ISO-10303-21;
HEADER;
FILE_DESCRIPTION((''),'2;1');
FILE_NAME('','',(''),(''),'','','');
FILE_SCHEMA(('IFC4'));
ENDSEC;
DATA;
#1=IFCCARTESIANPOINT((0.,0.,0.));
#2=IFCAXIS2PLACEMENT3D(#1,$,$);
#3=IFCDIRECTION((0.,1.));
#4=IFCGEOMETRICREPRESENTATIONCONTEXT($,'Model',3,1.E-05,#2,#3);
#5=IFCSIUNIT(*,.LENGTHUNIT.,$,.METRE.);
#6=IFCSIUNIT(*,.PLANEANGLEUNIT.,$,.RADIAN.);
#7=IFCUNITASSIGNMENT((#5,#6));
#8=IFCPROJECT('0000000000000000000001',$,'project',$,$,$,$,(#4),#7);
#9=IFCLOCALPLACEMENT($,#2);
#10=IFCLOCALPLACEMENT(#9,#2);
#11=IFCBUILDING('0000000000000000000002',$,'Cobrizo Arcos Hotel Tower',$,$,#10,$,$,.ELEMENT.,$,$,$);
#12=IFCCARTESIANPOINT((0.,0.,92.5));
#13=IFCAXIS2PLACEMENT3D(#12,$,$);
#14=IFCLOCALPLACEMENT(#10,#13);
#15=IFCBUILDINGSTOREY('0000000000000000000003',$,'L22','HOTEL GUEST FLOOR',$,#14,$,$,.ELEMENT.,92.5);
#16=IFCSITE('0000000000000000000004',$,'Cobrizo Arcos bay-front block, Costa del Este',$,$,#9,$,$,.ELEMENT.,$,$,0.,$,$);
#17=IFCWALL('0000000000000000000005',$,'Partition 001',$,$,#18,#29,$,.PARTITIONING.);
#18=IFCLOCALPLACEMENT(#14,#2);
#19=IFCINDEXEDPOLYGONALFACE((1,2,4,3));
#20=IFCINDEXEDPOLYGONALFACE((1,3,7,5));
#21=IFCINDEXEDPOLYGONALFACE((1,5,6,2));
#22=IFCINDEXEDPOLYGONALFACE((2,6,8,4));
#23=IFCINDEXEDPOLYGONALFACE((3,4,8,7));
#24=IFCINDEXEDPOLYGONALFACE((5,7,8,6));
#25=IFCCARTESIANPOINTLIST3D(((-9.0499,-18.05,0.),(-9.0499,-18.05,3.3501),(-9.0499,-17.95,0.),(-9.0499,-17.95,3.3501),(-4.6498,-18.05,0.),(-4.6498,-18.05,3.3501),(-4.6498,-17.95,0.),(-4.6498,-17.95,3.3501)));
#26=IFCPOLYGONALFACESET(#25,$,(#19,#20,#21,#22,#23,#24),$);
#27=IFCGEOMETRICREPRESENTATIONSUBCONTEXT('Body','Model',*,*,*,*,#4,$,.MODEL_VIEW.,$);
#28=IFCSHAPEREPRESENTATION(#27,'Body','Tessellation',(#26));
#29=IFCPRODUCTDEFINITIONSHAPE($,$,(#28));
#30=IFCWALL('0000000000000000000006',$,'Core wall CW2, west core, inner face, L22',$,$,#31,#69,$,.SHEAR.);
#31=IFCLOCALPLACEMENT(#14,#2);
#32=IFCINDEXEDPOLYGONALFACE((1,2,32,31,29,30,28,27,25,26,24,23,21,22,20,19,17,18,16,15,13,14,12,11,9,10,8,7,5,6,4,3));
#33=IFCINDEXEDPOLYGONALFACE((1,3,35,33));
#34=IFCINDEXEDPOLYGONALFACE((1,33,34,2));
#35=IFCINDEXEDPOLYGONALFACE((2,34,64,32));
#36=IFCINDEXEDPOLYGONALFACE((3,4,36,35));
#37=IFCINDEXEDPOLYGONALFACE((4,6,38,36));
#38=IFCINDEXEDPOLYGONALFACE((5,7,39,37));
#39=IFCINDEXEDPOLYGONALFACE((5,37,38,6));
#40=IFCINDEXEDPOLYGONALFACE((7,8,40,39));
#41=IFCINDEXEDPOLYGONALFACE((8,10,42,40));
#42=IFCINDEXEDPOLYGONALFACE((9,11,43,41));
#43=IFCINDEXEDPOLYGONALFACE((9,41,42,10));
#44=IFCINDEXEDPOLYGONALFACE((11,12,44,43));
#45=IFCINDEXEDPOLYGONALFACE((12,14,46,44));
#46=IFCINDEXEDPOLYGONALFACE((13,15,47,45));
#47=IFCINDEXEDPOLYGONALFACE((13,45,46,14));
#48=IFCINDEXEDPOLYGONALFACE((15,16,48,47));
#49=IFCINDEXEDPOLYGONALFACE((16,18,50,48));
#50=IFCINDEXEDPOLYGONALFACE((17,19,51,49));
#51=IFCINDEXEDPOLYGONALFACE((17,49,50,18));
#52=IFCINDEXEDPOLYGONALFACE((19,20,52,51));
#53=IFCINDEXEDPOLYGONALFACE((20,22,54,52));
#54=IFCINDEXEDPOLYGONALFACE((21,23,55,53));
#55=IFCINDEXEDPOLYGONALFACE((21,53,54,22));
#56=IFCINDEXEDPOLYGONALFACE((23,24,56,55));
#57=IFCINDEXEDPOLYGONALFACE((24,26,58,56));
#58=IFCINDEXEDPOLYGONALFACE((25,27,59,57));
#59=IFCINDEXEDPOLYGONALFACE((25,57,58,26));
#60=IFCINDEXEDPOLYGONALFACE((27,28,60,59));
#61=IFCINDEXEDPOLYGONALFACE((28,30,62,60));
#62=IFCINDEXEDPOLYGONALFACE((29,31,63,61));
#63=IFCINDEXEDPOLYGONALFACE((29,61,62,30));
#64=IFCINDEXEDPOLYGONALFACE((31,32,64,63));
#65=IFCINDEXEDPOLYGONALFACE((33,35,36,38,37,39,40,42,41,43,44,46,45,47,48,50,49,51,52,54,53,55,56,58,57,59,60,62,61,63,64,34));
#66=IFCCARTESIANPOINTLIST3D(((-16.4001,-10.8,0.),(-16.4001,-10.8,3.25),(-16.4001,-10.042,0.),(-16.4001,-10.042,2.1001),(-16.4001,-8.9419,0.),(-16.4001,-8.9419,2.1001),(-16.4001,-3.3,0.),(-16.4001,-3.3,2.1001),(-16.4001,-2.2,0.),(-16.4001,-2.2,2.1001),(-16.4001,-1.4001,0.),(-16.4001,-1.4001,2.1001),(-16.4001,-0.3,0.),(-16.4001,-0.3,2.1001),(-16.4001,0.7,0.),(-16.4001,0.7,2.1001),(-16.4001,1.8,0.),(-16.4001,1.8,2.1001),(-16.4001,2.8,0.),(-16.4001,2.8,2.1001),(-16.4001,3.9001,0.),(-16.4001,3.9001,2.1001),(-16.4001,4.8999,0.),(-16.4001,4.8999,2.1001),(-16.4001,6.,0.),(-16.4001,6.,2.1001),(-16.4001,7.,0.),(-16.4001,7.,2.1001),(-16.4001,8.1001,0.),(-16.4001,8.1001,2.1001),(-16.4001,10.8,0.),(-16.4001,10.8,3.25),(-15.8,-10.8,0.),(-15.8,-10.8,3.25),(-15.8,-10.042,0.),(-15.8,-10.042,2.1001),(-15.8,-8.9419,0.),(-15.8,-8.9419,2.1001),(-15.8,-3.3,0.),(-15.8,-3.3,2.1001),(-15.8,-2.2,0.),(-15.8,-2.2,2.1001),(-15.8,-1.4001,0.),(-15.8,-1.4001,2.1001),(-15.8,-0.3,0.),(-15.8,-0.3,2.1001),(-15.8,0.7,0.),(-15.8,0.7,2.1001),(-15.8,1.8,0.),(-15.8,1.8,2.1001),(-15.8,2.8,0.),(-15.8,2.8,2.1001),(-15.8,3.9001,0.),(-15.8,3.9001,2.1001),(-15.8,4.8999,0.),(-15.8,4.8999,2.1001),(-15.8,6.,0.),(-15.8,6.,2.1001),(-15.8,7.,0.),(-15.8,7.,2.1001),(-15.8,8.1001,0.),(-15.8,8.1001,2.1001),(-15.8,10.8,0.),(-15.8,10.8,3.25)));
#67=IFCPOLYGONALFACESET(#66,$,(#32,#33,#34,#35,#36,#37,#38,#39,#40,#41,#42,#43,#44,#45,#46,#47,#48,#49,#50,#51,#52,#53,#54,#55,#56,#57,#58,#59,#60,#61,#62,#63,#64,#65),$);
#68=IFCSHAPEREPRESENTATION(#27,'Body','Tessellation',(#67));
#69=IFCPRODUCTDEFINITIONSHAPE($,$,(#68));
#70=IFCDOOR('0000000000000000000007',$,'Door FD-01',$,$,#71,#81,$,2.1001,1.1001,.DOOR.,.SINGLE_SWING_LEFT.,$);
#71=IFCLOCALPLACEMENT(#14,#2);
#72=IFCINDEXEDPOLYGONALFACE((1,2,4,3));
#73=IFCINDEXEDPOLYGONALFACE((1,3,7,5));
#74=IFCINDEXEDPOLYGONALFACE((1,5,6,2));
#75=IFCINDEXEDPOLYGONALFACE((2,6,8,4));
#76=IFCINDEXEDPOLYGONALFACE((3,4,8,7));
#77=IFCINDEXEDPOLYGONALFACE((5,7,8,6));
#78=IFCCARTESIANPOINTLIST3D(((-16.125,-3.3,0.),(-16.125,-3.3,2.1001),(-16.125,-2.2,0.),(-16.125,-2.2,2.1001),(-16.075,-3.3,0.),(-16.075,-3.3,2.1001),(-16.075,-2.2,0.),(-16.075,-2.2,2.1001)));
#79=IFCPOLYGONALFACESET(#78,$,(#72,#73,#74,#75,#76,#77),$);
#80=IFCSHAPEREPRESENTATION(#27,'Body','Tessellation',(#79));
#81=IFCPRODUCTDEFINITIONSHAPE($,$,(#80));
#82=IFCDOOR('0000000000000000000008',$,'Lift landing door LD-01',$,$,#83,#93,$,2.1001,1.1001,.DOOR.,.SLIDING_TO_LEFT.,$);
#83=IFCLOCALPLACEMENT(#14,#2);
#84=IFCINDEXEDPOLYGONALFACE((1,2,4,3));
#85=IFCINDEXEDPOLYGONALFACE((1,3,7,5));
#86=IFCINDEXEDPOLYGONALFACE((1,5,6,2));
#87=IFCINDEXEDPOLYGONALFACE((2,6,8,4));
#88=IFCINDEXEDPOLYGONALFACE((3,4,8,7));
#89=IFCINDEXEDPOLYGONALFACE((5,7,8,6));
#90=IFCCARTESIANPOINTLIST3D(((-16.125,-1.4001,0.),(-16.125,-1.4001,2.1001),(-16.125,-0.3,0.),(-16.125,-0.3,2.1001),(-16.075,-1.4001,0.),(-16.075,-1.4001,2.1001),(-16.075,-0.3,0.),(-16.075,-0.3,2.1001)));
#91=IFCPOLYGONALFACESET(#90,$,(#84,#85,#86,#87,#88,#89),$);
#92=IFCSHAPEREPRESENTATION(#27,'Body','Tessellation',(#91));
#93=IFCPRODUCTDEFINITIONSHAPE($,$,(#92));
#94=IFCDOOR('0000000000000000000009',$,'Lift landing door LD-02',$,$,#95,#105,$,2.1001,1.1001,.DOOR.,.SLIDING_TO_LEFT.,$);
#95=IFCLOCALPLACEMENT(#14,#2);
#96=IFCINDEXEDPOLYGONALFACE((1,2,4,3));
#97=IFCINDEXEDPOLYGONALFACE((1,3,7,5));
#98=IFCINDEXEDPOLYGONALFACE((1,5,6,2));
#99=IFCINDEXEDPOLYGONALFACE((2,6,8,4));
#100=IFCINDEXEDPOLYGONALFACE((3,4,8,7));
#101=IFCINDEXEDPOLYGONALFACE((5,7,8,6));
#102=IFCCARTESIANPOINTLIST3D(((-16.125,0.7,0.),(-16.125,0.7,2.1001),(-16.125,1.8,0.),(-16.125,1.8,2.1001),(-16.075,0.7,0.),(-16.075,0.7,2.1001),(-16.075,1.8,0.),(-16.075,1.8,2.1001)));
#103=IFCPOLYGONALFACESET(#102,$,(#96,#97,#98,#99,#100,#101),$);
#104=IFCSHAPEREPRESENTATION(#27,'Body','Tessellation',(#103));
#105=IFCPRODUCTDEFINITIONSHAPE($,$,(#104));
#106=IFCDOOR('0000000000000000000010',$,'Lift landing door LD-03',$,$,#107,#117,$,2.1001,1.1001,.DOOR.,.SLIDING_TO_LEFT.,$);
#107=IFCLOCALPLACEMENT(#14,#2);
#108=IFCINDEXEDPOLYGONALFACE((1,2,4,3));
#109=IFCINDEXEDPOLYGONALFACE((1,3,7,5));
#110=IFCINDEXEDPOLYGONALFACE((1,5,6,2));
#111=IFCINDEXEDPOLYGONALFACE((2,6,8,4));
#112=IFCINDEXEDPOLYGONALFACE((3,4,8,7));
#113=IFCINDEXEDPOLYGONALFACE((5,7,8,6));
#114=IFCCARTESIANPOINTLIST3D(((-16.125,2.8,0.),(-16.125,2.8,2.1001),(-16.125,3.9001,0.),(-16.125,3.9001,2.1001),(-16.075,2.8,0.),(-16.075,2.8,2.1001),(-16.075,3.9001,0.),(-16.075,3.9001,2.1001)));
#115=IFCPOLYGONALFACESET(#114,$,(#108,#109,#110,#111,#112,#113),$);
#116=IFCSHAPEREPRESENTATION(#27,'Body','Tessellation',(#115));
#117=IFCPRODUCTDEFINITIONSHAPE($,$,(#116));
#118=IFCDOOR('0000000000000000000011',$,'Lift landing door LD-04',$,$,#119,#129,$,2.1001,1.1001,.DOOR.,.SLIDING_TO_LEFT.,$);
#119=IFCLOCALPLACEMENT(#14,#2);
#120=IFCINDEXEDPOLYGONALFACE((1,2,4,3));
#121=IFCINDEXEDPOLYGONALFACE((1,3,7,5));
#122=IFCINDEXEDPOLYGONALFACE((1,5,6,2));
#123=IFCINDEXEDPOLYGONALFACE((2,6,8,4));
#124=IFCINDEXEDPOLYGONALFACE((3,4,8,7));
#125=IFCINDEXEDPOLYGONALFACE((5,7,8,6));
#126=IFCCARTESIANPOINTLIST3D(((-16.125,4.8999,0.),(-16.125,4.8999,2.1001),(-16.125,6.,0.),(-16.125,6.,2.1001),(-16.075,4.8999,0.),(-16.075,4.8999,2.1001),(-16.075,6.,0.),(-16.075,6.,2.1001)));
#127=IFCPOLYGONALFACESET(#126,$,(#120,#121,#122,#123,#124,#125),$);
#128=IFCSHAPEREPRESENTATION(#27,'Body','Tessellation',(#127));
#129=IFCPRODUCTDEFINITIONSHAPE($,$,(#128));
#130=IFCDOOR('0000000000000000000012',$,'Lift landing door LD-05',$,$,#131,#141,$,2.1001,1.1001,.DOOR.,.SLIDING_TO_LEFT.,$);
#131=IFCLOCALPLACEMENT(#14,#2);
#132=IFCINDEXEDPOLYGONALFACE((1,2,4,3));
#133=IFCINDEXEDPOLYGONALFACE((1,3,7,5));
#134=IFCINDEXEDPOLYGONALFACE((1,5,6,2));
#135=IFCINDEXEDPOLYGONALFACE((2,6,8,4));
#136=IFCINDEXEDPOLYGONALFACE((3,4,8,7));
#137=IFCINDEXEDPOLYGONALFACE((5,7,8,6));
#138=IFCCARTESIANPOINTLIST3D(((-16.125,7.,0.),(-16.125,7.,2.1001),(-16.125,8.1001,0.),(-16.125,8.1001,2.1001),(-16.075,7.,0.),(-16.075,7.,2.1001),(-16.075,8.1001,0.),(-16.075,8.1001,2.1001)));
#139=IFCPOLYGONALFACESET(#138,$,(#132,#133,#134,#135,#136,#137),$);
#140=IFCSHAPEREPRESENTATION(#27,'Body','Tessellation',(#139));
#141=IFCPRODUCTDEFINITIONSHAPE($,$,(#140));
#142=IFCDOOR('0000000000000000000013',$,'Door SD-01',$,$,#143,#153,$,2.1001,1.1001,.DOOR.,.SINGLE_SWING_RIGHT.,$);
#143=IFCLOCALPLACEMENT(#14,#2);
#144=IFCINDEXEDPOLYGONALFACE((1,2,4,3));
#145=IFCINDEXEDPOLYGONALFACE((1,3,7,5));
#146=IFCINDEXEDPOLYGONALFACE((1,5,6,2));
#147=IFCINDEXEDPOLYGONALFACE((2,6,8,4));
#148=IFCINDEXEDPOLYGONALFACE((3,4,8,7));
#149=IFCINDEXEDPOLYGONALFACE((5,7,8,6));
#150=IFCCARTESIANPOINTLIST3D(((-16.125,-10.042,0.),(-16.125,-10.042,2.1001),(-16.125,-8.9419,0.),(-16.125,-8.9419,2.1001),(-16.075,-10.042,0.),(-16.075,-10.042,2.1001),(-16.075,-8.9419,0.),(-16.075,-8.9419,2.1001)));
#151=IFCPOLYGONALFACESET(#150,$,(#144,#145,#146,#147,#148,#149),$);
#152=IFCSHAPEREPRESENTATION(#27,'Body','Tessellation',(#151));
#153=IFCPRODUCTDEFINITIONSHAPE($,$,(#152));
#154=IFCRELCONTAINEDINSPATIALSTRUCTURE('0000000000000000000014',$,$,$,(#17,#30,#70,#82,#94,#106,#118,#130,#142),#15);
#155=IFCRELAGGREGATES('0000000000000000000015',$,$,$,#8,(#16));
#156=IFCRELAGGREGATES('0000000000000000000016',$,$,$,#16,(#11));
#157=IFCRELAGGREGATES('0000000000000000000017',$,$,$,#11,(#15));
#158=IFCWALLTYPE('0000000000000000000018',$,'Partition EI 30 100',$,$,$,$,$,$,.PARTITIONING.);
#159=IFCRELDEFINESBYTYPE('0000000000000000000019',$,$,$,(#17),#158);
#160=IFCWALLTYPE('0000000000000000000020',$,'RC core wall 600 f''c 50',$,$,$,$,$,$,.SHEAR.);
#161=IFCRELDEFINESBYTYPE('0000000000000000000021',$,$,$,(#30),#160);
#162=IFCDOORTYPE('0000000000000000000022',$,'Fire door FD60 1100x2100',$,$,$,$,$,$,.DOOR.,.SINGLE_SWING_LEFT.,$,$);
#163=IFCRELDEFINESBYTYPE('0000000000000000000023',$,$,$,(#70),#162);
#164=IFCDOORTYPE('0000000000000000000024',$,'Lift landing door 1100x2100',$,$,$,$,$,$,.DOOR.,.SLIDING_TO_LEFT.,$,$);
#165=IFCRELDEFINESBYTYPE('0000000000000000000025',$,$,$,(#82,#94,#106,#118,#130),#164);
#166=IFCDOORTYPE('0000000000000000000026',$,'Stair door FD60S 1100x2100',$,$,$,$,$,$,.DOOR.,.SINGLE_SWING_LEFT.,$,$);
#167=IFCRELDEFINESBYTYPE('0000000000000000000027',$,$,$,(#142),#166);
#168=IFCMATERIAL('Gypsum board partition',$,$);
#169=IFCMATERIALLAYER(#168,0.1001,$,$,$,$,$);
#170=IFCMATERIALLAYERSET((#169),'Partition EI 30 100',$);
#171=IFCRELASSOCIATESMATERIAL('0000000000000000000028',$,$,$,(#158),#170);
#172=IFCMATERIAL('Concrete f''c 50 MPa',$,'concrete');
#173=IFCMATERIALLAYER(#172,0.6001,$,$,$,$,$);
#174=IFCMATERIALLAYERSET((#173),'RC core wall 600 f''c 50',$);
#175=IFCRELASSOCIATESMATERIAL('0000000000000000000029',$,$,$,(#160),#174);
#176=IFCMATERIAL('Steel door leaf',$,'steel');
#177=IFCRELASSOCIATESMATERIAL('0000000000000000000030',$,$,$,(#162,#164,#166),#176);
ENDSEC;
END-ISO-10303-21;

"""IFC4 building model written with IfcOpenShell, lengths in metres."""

from ifc_helpers import new_model, si_unit, direction, frame, frame_2d, origin, place, context, subcontext, project, spatial, rectangle, extrude, material, layer, layer_set, type_object, element, fill, save


model = new_model("IFC4")

# Units and contexts
model_context = context("Model", 3, precision=1e-05, world=origin(), true_north=direction((0.0, 1.0)))
body_context = subcontext(model_context, "Body", "Model", "MODEL_VIEW")
ifc_project = project(units=[si_unit("LENGTHUNIT", "METRE"), si_unit("PLANEANGLEUNIT", "RADIAN")], contexts=[model_context])

# Site, building, storey
site_placement = place(None, origin())
site = spatial("IfcSite", under=ifc_project, at=site_placement, Name="Cobrizo Arcos bay-front block, Costa del Este", CompositionType="ELEMENT", RefElevation=0.0)
building_placement = place(site_placement, origin())
building = spatial("IfcBuilding", under=site, at=building_placement, Name="Cobrizo Arcos Hotel Tower", CompositionType="ELEMENT")
storey_placement = place(building_placement, frame((0.0, 0.0, 92.5)))
storey = spatial("IfcBuildingStorey", under=building, at=storey_placement, Name="L22", Description="HOTEL GUEST FLOOR", CompositionType="ELEMENT", Elevation=92.5)

# Shared definitions
ifc_material_1 = material(Name="Gypsum board partition")

# Wall
ifc_layer_1 = layer(ifc_material_1, 0.1001)
ifc_layer_set_1 = layer_set([ifc_layer_1], Name="Partition EI 30 100")
wall_type_1 = type_object("IfcWallType", Name="Partition EI 30 100", PredefinedType="PARTITIONING", material=ifc_layer_set_1)
wall_1_placement = place(storey_placement, frame((-9.05, -18.0, 0.0), z_axis=(0.0, 0.0, 1.0), x_axis=(1.0, 0.0, 0.0)))
element("IfcWall", 1, at=wall_1_placement, inside=storey, type_object=wall_type_1, Name="Partition 001", PredefinedType="PARTITIONING", context=body_context, shape_type="SweptSolid", body=[
    extrude(rectangle(XDim=4.4001, YDim=0.1001, at=frame_2d((2.2002, 0.0))), origin(), (0.0, 0.0, 1.0), 3.3501),
])

# Wall, openings, doors
ifc_material_2 = material(Name="Concrete f'c 50 MPa", Category="concrete")
ifc_layer_2 = layer(ifc_material_2, 0.6001)
ifc_layer_set_2 = layer_set([ifc_layer_2], Name="RC core wall 600 f'c 50")
wall_type_2 = type_object("IfcWallType", Name="RC core wall 600 f'c 50", PredefinedType="SHEAR", material=ifc_layer_set_2)
wall_2_placement = place(storey_placement, frame((-16.1001, -10.8, 0.0), z_axis=(0.0, 0.0, 1.0), x_axis=(0.0, 1.0, 0.0)))
wall_2 = element("IfcWall", 2, at=wall_2_placement, inside=storey, type_object=wall_type_2, Name="Core wall CW2, west core, inner face, L22", PredefinedType="SHEAR", context=body_context, shape_type="SweptSolid", body=[
    extrude(rectangle(XDim=21.6001, YDim=0.6001, at=frame_2d((10.8, 0.0))), origin(), (0.0, 0.0, 1.0), 3.25),
])
opening_1_placement = place(wall_2_placement, frame((9.3999, 0.0, 0.0)))
opening_1 = element("IfcOpeningElement", 3, at=opening_1_placement, cuts=wall_2, PredefinedType="OPENING", context=body_context, shape_type="SweptSolid", body=[
    extrude(rectangle(XDim=1.1001, YDim=2.1001, at=frame_2d((0.55, 1.05))), frame((0.0, 0.312, 0.0), z_axis=(0.0, -1.0, 0.0), x_axis=(1.0, 0.0, 0.0)), (0.0, 0.0, 1.0), 0.624),
])
opening_2_placement = place(wall_2_placement, frame((11.5, 0.0, 0.0)))
opening_2 = element("IfcOpeningElement", 4, at=opening_2_placement, cuts=wall_2, PredefinedType="OPENING", context=body_context, shape_type="SweptSolid", body=[
    extrude(rectangle(XDim=1.1001, YDim=2.1001, at=frame_2d((0.55, 1.05))), frame((0.0, 0.312, 0.0), z_axis=(0.0, -1.0, 0.0), x_axis=(1.0, 0.0, 0.0)), (0.0, 0.0, 1.0), 0.624),
])
opening_3_placement = place(wall_2_placement, frame((13.6001, 0.0, 0.0)))
opening_3 = element("IfcOpeningElement", 5, at=opening_3_placement, cuts=wall_2, PredefinedType="OPENING", context=body_context, shape_type="SweptSolid", body=[
    extrude(rectangle(XDim=1.1001, YDim=2.1001, at=frame_2d((0.55, 1.05))), frame((0.0, 0.312, 0.0), z_axis=(0.0, -1.0, 0.0), x_axis=(1.0, 0.0, 0.0)), (0.0, 0.0, 1.0), 0.624),
])
opening_4_placement = place(wall_2_placement, frame((15.7, 0.0, 0.0)))
opening_4 = element("IfcOpeningElement", 6, at=opening_4_placement, cuts=wall_2, PredefinedType="OPENING", context=body_context, shape_type="SweptSolid", body=[
    extrude(rectangle(XDim=1.1001, YDim=2.1001, at=frame_2d((0.55, 1.05))), frame((0.0, 0.312, 0.0), z_axis=(0.0, -1.0, 0.0), x_axis=(1.0, 0.0, 0.0)), (0.0, 0.0, 1.0), 0.624),
])
opening_5_placement = place(wall_2_placement, frame((17.8, 0.0, 0.0)))
opening_5 = element("IfcOpeningElement", 7, at=opening_5_placement, cuts=wall_2, PredefinedType="OPENING", context=body_context, shape_type="SweptSolid", body=[
    extrude(rectangle(XDim=1.1001, YDim=2.1001, at=frame_2d((0.55, 1.05))), frame((0.0, 0.312, 0.0), z_axis=(0.0, -1.0, 0.0), x_axis=(1.0, 0.0, 0.0)), (0.0, 0.0, 1.0), 0.624),
])
opening_6_placement = place(wall_2_placement, frame((0.7581, 0.0, 0.0)))
opening_6 = element("IfcOpeningElement", 8, at=opening_6_placement, cuts=wall_2, PredefinedType="OPENING", context=body_context, shape_type="SweptSolid", body=[
    extrude(rectangle(XDim=1.1001, YDim=2.1001, at=frame_2d((0.55, 1.05))), frame((0.0, 0.312, 0.0), z_axis=(0.0, -1.0, 0.0), x_axis=(1.0, 0.0, 0.0)), (0.0, 0.0, 1.0), 0.624),
])
opening_7_placement = place(wall_2_placement, frame((7.5, 0.0, 0.0)))
opening_7 = element("IfcOpeningElement", 9, at=opening_7_placement, cuts=wall_2, PredefinedType="OPENING", context=body_context, shape_type="SweptSolid", body=[
    extrude(rectangle(XDim=1.1001, YDim=2.1001, at=frame_2d((0.55, 1.05))), frame((0.0, 0.312, 0.0), z_axis=(0.0, -1.0, 0.0), x_axis=(1.0, 0.0, 0.0)), (0.0, 0.0, 1.0), 0.624),
])
ifc_material_3 = material(Name="Steel door leaf", Category="steel")
door_type_1 = type_object("IfcDoorType", Name="Fire door FD60 1100x2100", OperationType="SINGLE_SWING_LEFT", PredefinedType="DOOR", material=ifc_material_3)
door_1_placement = place(opening_7_placement, origin())
door_1 = element("IfcDoor", 10, at=door_1_placement, inside=storey, type_object=door_type_1, Name="Door FD-01", OperationType="SINGLE_SWING_LEFT", OverallHeight=2.1001, OverallWidth=1.1001, PredefinedType="DOOR", context=body_context, shape_type="SweptSolid", body=[
    extrude(rectangle(XDim=1.1001, YDim=2.1001, at=frame_2d((0.55, 1.05))), frame((0.0, 0.0249, 0.0), z_axis=(0.0, -1.0, 0.0), x_axis=(1.0, 0.0, 0.0)), (0.0, 0.0, 1.0), 0.05),
])
fill(opening_7, door_1)
door_type_2 = type_object("IfcDoorType", Name="Lift landing door 1100x2100", OperationType="SLIDING_TO_LEFT", PredefinedType="DOOR", material=ifc_material_3)
door_2_placement = place(opening_1_placement, origin())
door_2 = element("IfcDoor", 11, at=door_2_placement, inside=storey, type_object=door_type_2, Name="Lift landing door LD-01", OperationType="SLIDING_TO_LEFT", OverallHeight=2.1001, OverallWidth=1.1001, PredefinedType="DOOR", context=body_context, shape_type="SweptSolid", body=[
    extrude(rectangle(XDim=1.1001, YDim=2.1001, at=frame_2d((0.55, 1.05))), frame((0.0, 0.0249, 0.0), z_axis=(0.0, -1.0, 0.0), x_axis=(1.0, 0.0, 0.0)), (0.0, 0.0, 1.0), 0.05),
])
fill(opening_1, door_2)
door_3_placement = place(opening_2_placement, origin())
door_3 = element("IfcDoor", 12, at=door_3_placement, inside=storey, type_object=door_type_2, Name="Lift landing door LD-02", OperationType="SLIDING_TO_LEFT", OverallHeight=2.1001, OverallWidth=1.1001, PredefinedType="DOOR", context=body_context, shape_type="SweptSolid", body=[
    extrude(rectangle(XDim=1.1001, YDim=2.1001, at=frame_2d((0.55, 1.05))), frame((0.0, 0.0249, 0.0), z_axis=(0.0, -1.0, 0.0), x_axis=(1.0, 0.0, 0.0)), (0.0, 0.0, 1.0), 0.05),
])
fill(opening_2, door_3)
door_4_placement = place(opening_3_placement, origin())
door_4 = element("IfcDoor", 13, at=door_4_placement, inside=storey, type_object=door_type_2, Name="Lift landing door LD-03", OperationType="SLIDING_TO_LEFT", OverallHeight=2.1001, OverallWidth=1.1001, PredefinedType="DOOR", context=body_context, shape_type="SweptSolid", body=[
    extrude(rectangle(XDim=1.1001, YDim=2.1001, at=frame_2d((0.55, 1.05))), frame((0.0, 0.0249, 0.0), z_axis=(0.0, -1.0, 0.0), x_axis=(1.0, 0.0, 0.0)), (0.0, 0.0, 1.0), 0.05),
])
fill(opening_3, door_4)
door_5_placement = place(opening_4_placement, origin())
door_5 = element("IfcDoor", 14, at=door_5_placement, inside=storey, type_object=door_type_2, Name="Lift landing door LD-04", OperationType="SLIDING_TO_LEFT", OverallHeight=2.1001, OverallWidth=1.1001, PredefinedType="DOOR", context=body_context, shape_type="SweptSolid", body=[
    extrude(rectangle(XDim=1.1001, YDim=2.1001, at=frame_2d((0.55, 1.05))), frame((0.0, 0.0249, 0.0), z_axis=(0.0, -1.0, 0.0), x_axis=(1.0, 0.0, 0.0)), (0.0, 0.0, 1.0), 0.05),
])
fill(opening_4, door_5)
door_6_placement = place(opening_5_placement, origin())
door_6 = element("IfcDoor", 15, at=door_6_placement, inside=storey, type_object=door_type_2, Name="Lift landing door LD-05", OperationType="SLIDING_TO_LEFT", OverallHeight=2.1001, OverallWidth=1.1001, PredefinedType="DOOR", context=body_context, shape_type="SweptSolid", body=[
    extrude(rectangle(XDim=1.1001, YDim=2.1001, at=frame_2d((0.55, 1.05))), frame((0.0, 0.0249, 0.0), z_axis=(0.0, -1.0, 0.0), x_axis=(1.0, 0.0, 0.0)), (0.0, 0.0, 1.0), 0.05),
])
fill(opening_5, door_6)
door_type_3 = type_object("IfcDoorType", Name="Stair door FD60S 1100x2100", OperationType="SINGLE_SWING_LEFT", PredefinedType="DOOR", material=ifc_material_3)
door_7_placement = place(opening_6_placement, origin())
door_7 = element("IfcDoor", 16, at=door_7_placement, inside=storey, type_object=door_type_3, Name="Door SD-01", OperationType="SINGLE_SWING_RIGHT", OverallHeight=2.1001, OverallWidth=1.1001, PredefinedType="DOOR", context=body_context, shape_type="SweptSolid", body=[
    extrude(rectangle(XDim=1.1001, YDim=2.1001, at=frame_2d((0.55, 1.05))), frame((0.0, 0.0249, 0.0), z_axis=(0.0, -1.0, 0.0), x_axis=(1.0, 0.0, 0.0)), (0.0, 0.0, 1.0), 0.05),
])
fill(opening_6, door_7)

save(model, "model.ifc")
